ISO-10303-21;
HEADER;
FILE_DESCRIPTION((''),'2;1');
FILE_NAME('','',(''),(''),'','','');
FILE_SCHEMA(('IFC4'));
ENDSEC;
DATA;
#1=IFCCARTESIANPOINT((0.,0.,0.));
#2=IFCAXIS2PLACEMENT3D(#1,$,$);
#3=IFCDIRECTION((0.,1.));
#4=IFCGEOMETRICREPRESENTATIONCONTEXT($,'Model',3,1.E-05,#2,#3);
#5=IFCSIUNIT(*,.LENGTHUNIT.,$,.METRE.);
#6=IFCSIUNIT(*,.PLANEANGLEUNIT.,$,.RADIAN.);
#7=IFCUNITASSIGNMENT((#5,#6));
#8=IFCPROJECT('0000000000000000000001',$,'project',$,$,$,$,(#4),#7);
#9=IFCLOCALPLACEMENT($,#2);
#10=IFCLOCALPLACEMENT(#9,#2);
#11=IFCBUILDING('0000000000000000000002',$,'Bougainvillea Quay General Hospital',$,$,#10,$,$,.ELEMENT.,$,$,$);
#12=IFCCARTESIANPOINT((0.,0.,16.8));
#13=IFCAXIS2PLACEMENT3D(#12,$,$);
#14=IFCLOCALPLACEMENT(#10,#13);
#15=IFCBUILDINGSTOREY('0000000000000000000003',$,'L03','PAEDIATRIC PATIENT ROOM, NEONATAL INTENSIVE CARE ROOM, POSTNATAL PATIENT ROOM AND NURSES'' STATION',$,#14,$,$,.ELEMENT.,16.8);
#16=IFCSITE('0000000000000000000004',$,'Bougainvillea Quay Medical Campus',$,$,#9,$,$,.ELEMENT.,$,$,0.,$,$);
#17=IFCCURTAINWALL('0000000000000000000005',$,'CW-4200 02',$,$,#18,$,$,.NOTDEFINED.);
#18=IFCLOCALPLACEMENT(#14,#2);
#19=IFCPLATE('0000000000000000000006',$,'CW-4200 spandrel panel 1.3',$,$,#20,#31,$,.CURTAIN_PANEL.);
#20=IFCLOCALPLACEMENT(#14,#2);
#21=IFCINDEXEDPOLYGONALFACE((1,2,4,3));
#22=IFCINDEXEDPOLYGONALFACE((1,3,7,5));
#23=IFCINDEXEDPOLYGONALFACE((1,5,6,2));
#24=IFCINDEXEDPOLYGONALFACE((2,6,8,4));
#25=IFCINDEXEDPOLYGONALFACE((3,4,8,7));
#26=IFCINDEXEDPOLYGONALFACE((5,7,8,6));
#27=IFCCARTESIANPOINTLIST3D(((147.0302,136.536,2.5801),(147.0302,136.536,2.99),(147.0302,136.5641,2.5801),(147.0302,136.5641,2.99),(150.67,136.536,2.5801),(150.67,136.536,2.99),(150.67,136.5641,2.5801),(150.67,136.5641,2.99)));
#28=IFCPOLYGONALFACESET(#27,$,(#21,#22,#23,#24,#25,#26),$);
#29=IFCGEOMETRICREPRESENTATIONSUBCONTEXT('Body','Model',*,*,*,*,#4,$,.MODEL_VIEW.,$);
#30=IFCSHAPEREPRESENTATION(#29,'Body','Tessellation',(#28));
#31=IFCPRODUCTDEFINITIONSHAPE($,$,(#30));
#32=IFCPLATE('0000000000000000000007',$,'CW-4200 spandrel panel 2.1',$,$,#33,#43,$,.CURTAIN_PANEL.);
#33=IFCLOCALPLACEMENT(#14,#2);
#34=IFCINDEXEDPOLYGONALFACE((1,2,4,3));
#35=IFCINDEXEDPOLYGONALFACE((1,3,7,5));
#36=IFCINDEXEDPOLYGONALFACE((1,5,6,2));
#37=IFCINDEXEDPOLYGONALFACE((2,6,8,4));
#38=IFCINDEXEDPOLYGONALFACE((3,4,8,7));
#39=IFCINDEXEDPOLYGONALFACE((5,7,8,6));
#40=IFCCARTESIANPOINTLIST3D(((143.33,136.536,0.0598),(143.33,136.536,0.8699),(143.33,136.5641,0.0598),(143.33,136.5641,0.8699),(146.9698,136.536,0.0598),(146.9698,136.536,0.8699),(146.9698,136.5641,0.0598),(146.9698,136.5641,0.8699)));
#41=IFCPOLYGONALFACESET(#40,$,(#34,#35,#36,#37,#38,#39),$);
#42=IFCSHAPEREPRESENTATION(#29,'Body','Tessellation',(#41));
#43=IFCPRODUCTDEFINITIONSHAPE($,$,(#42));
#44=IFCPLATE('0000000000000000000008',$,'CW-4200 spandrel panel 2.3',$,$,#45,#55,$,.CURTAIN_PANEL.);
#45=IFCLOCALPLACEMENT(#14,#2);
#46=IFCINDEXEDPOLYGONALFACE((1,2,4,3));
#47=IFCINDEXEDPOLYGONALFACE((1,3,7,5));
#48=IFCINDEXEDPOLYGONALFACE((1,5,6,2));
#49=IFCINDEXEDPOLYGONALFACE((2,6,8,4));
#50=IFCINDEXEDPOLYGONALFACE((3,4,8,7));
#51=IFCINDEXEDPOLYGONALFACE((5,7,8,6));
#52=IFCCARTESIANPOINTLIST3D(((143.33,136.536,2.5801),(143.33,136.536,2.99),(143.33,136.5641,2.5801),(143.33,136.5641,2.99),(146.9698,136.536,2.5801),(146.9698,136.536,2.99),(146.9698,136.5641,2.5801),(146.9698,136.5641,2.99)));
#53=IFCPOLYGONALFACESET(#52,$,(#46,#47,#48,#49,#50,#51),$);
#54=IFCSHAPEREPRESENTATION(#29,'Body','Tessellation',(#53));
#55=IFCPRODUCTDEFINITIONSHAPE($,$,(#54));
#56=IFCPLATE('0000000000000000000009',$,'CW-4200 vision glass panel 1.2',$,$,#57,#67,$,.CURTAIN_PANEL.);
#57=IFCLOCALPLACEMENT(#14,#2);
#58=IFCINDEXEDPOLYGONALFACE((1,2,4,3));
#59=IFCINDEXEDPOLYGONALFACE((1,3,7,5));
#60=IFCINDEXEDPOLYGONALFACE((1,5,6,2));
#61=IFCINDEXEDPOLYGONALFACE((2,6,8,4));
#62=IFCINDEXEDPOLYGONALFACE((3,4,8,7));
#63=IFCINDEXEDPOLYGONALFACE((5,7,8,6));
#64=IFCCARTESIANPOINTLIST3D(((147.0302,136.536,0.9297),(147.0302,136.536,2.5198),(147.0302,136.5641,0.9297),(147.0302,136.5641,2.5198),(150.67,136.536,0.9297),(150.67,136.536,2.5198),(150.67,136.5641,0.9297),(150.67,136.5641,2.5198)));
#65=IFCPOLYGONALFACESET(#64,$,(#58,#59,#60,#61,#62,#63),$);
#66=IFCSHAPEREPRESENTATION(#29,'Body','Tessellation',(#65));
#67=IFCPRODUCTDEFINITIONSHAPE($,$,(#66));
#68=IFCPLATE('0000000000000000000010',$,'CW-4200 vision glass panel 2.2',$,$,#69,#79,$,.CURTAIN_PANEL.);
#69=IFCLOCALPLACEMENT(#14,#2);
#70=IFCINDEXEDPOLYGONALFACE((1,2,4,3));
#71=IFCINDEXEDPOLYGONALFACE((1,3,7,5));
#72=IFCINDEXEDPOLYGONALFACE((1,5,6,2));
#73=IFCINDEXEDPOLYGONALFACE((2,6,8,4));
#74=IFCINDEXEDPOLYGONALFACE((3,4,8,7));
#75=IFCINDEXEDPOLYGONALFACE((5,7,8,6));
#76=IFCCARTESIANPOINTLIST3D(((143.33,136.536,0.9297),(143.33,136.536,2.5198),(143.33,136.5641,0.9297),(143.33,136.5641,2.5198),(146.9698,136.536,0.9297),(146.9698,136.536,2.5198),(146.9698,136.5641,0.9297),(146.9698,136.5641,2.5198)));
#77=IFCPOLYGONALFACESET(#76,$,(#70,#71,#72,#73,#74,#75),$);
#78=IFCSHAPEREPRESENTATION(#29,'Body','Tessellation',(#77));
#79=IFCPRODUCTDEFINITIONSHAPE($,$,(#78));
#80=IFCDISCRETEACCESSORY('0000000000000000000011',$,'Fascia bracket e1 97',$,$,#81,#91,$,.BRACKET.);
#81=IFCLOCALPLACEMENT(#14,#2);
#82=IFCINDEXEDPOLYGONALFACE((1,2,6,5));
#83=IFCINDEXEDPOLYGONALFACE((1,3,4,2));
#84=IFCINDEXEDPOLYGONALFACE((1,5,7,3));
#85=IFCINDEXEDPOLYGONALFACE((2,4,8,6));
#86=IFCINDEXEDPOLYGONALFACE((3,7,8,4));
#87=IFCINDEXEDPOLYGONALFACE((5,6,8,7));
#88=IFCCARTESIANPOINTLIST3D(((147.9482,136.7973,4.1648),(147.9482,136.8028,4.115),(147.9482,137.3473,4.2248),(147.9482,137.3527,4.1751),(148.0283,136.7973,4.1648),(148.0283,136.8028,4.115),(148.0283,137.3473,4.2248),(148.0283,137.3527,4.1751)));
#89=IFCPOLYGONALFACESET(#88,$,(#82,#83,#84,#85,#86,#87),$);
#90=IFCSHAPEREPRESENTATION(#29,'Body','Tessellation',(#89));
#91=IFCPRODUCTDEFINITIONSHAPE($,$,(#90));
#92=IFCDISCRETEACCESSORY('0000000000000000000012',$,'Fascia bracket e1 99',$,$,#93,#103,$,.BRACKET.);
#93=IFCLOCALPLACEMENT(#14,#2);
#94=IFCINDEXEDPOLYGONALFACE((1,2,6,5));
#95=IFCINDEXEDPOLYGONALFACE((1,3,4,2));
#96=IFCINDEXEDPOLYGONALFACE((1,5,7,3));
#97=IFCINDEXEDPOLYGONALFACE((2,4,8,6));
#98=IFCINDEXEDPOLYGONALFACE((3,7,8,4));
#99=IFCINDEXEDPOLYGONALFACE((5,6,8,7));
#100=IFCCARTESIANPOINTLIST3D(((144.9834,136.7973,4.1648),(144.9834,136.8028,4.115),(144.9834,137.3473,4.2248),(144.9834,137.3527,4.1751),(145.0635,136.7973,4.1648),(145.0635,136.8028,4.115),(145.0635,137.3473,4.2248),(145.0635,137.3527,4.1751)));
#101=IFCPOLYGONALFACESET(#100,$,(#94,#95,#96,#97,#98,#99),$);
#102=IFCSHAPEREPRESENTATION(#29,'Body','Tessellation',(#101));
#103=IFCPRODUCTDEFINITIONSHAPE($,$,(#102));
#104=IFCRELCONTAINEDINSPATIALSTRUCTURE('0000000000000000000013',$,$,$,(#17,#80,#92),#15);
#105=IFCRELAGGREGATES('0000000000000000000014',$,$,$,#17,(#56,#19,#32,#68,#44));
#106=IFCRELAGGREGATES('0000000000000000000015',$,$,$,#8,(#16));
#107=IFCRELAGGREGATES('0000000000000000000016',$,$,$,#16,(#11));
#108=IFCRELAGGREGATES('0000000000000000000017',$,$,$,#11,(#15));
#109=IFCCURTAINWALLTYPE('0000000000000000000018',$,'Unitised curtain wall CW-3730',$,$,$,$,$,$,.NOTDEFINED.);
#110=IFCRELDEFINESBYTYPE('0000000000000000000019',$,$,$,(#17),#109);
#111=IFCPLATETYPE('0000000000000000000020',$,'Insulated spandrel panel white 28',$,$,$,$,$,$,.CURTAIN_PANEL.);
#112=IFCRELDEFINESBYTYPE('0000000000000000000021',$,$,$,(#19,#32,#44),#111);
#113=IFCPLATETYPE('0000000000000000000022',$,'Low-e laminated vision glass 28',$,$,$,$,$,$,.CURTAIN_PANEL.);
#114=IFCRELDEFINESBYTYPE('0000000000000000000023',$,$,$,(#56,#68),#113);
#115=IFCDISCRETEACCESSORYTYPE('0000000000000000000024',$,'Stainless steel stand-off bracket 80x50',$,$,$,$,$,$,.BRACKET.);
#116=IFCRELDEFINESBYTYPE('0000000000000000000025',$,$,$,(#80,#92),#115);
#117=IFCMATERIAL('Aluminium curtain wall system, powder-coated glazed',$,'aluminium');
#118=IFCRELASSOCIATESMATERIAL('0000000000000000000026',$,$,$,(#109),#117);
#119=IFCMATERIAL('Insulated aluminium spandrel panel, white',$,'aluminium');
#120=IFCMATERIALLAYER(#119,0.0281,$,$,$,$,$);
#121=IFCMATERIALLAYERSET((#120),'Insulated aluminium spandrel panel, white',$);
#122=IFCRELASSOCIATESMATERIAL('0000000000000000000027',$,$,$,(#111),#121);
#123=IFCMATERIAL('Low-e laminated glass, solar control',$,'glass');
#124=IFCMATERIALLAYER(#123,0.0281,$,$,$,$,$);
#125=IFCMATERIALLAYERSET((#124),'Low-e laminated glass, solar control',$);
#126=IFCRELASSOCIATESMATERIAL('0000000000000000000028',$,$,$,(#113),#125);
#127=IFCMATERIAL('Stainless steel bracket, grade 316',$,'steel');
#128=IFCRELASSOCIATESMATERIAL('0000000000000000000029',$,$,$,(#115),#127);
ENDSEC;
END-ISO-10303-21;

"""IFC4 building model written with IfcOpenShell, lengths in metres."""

from ifc_helpers import new_model, si_unit, direction, frame, origin, origin_2d, place, context, subcontext, project, spatial, rectangle, extrude, material, layer, layer_set, material_profile, profile_set, type_object, element, aggregate, save


model = new_model("IFC4")

# Units and contexts
model_context = context("Model", 3, precision=1e-05, world=origin(), true_north=direction((0.0, 1.0)))
body_context = subcontext(model_context, "Body", "Model", "MODEL_VIEW")
ifc_project = project(units=[si_unit("LENGTHUNIT", "METRE"), si_unit("PLANEANGLEUNIT", "RADIAN")], contexts=[model_context])

# Site, building, storey
site_placement = place(None, origin())
site = spatial("IfcSite", under=ifc_project, at=site_placement, Name="Bougainvillea Quay Medical Campus", CompositionType="ELEMENT", RefElevation=0.0)
building_placement = place(site_placement, origin())
building = spatial("IfcBuilding", under=site, at=building_placement, Name="Bougainvillea Quay General Hospital", CompositionType="ELEMENT")
storey_placement = place(building_placement, frame((0.0, 0.0, 16.8)))
storey = spatial("IfcBuildingStorey", under=building, at=storey_placement, Name="L03", Description="PAEDIATRIC PATIENT ROOM, NEONATAL INTENSIVE CARE ROOM, POSTNATAL PATIENT ROOM AND NURSES' STATION", CompositionType="ELEMENT", Elevation=16.8)

# Curtain wall
ifc_material_1 = material(Name="Aluminium curtain wall system, powder-coated glazed", Category="aluminium")
curtain_wall_type = type_object("IfcCurtainWallType", Name="Unitised curtain wall CW-3730", PredefinedType="NOTDEFINED", material=ifc_material_1)
curtain_wall_placement = place(storey_placement, origin())
curtain_wall = element("IfcCurtainWall", 1, at=curtain_wall_placement, inside=storey, type_object=curtain_wall_type, Name="CW-4200 02", PredefinedType="NOTDEFINED")

# Plates
ifc_material_2 = material(Name="Insulated aluminium spandrel panel, white", Category="aluminium")
ifc_layer_1 = layer(ifc_material_2, 0.0281)
ifc_layer_set_1 = layer_set([ifc_layer_1], Name="Insulated aluminium spandrel panel, white")
plate_type_1 = type_object("IfcPlateType", Name="Insulated spandrel panel white 28", PredefinedType="CURTAIN_PANEL", material=ifc_layer_set_1)
plate_1_placement = place(storey_placement, frame((148.8501, 136.55, 2.5801), z_axis=(0.0, 0.0, 1.0), x_axis=(-1.0, 0.0, 0.0)))
plate_1 = element("IfcPlate", 2, at=plate_1_placement, type_object=plate_type_1, Name="CW-4200 spandrel panel 1.3", PredefinedType="CURTAIN_PANEL", context=body_context, shape_type="SweptSolid", body=[
    extrude(rectangle(XDim=3.6399, YDim=0.0281, at=origin_2d()), origin(), (0.0, 0.0, 1.0), 0.4099),
])
plate_2_placement = place(storey_placement, frame((145.1499, 136.55, 0.0598), z_axis=(0.0, 0.0, 1.0), x_axis=(-1.0, 0.0, 0.0)))
plate_2 = element("IfcPlate", 3, at=plate_2_placement, type_object=plate_type_1, Name="CW-4200 spandrel panel 2.1", PredefinedType="CURTAIN_PANEL", context=body_context, shape_type="SweptSolid", body=[
    extrude(rectangle(XDim=3.6399, YDim=0.0281, at=origin_2d()), origin(), (0.0, 0.0, 1.0), 0.8101),
])
plate_3_placement = place(storey_placement, frame((145.1499, 136.55, 2.5801), z_axis=(0.0, 0.0, 1.0), x_axis=(-1.0, 0.0, 0.0)))
plate_3 = element("IfcPlate", 4, at=plate_3_placement, type_object=plate_type_1, Name="CW-4200 spandrel panel 2.3", PredefinedType="CURTAIN_PANEL", context=body_context, shape_type="SweptSolid", body=[
    extrude(rectangle(XDim=3.6399, YDim=0.0281, at=origin_2d()), origin(), (0.0, 0.0, 1.0), 0.4099),
])
ifc_material_3 = material(Name="Low-e laminated glass, solar control", Category="glass")
ifc_layer_2 = layer(ifc_material_3, 0.0281)
ifc_layer_set_2 = layer_set([ifc_layer_2], Name="Low-e laminated glass, solar control")
plate_type_2 = type_object("IfcPlateType", Name="Low-e laminated vision glass 28", PredefinedType="CURTAIN_PANEL", material=ifc_layer_set_2)
plate_4_placement = place(storey_placement, frame((148.8501, 136.55, 0.9297), z_axis=(0.0, 0.0, 1.0), x_axis=(-1.0, 0.0, 0.0)))
plate_4 = element("IfcPlate", 5, at=plate_4_placement, type_object=plate_type_2, Name="CW-4200 vision glass panel 1.2", PredefinedType="CURTAIN_PANEL", context=body_context, shape_type="SweptSolid", body=[
    extrude(rectangle(XDim=3.6399, YDim=0.0281, at=origin_2d()), origin(), (0.0, 0.0, 1.0), 1.5901),
])
plate_5_placement = place(storey_placement, frame((145.1499, 136.55, 0.9297), z_axis=(0.0, 0.0, 1.0), x_axis=(-1.0, 0.0, 0.0)))
plate_5 = element("IfcPlate", 6, at=plate_5_placement, type_object=plate_type_2, Name="CW-4200 vision glass panel 2.2", PredefinedType="CURTAIN_PANEL", context=body_context, shape_type="SweptSolid", body=[
    extrude(rectangle(XDim=3.6399, YDim=0.0281, at=origin_2d()), origin(), (0.0, 0.0, 1.0), 1.5901),
])
aggregate(curtain_wall, [plate_4, plate_1, plate_2, plate_5, plate_3])

# Discrete accessories
ifc_material_4 = material(Name="Stainless steel bracket, grade 316", Category="steel")
ifc_material_profile_1 = material_profile(ifc_material_4, rectangle(XDim=0.0801, YDim=0.05, at=origin_2d()))
ifc_profile_set_1 = profile_set([ifc_material_profile_1], Name="Stainless steel bracket, grade 316")
discrete_accessory_type = type_object("IfcDiscreteAccessoryType", Name="Stainless steel stand-off bracket 80x50", PredefinedType="BRACKET", material=ifc_profile_set_1)
for number, where, z_axis, x_axis, name in (
    (7, (147.9883, 136.8, 4.1399), (0.0, 0.994092, 0.108543), (-1.0, 0.0, 0.0), "Fascia bracket e1 97"),
    (8, (145.0234, 136.8, 4.1399), (0.0, 0.994092, 0.108543), (-1.0, 0.0, 0.0), "Fascia bracket e1 99"),
):
    element("IfcDiscreteAccessory", number, at=place(storey_placement, frame(where, z_axis=z_axis, x_axis=x_axis)), inside=storey, type_object=discrete_accessory_type, Name=name, PredefinedType="BRACKET", context=body_context, shape_type="SweptSolid", body=[
        extrude(rectangle(XDim=0.0801, YDim=0.05, at=origin_2d()), origin(), (0.0, 0.0, 1.0), 0.5532),
    ])

save(model, "model.ifc")
